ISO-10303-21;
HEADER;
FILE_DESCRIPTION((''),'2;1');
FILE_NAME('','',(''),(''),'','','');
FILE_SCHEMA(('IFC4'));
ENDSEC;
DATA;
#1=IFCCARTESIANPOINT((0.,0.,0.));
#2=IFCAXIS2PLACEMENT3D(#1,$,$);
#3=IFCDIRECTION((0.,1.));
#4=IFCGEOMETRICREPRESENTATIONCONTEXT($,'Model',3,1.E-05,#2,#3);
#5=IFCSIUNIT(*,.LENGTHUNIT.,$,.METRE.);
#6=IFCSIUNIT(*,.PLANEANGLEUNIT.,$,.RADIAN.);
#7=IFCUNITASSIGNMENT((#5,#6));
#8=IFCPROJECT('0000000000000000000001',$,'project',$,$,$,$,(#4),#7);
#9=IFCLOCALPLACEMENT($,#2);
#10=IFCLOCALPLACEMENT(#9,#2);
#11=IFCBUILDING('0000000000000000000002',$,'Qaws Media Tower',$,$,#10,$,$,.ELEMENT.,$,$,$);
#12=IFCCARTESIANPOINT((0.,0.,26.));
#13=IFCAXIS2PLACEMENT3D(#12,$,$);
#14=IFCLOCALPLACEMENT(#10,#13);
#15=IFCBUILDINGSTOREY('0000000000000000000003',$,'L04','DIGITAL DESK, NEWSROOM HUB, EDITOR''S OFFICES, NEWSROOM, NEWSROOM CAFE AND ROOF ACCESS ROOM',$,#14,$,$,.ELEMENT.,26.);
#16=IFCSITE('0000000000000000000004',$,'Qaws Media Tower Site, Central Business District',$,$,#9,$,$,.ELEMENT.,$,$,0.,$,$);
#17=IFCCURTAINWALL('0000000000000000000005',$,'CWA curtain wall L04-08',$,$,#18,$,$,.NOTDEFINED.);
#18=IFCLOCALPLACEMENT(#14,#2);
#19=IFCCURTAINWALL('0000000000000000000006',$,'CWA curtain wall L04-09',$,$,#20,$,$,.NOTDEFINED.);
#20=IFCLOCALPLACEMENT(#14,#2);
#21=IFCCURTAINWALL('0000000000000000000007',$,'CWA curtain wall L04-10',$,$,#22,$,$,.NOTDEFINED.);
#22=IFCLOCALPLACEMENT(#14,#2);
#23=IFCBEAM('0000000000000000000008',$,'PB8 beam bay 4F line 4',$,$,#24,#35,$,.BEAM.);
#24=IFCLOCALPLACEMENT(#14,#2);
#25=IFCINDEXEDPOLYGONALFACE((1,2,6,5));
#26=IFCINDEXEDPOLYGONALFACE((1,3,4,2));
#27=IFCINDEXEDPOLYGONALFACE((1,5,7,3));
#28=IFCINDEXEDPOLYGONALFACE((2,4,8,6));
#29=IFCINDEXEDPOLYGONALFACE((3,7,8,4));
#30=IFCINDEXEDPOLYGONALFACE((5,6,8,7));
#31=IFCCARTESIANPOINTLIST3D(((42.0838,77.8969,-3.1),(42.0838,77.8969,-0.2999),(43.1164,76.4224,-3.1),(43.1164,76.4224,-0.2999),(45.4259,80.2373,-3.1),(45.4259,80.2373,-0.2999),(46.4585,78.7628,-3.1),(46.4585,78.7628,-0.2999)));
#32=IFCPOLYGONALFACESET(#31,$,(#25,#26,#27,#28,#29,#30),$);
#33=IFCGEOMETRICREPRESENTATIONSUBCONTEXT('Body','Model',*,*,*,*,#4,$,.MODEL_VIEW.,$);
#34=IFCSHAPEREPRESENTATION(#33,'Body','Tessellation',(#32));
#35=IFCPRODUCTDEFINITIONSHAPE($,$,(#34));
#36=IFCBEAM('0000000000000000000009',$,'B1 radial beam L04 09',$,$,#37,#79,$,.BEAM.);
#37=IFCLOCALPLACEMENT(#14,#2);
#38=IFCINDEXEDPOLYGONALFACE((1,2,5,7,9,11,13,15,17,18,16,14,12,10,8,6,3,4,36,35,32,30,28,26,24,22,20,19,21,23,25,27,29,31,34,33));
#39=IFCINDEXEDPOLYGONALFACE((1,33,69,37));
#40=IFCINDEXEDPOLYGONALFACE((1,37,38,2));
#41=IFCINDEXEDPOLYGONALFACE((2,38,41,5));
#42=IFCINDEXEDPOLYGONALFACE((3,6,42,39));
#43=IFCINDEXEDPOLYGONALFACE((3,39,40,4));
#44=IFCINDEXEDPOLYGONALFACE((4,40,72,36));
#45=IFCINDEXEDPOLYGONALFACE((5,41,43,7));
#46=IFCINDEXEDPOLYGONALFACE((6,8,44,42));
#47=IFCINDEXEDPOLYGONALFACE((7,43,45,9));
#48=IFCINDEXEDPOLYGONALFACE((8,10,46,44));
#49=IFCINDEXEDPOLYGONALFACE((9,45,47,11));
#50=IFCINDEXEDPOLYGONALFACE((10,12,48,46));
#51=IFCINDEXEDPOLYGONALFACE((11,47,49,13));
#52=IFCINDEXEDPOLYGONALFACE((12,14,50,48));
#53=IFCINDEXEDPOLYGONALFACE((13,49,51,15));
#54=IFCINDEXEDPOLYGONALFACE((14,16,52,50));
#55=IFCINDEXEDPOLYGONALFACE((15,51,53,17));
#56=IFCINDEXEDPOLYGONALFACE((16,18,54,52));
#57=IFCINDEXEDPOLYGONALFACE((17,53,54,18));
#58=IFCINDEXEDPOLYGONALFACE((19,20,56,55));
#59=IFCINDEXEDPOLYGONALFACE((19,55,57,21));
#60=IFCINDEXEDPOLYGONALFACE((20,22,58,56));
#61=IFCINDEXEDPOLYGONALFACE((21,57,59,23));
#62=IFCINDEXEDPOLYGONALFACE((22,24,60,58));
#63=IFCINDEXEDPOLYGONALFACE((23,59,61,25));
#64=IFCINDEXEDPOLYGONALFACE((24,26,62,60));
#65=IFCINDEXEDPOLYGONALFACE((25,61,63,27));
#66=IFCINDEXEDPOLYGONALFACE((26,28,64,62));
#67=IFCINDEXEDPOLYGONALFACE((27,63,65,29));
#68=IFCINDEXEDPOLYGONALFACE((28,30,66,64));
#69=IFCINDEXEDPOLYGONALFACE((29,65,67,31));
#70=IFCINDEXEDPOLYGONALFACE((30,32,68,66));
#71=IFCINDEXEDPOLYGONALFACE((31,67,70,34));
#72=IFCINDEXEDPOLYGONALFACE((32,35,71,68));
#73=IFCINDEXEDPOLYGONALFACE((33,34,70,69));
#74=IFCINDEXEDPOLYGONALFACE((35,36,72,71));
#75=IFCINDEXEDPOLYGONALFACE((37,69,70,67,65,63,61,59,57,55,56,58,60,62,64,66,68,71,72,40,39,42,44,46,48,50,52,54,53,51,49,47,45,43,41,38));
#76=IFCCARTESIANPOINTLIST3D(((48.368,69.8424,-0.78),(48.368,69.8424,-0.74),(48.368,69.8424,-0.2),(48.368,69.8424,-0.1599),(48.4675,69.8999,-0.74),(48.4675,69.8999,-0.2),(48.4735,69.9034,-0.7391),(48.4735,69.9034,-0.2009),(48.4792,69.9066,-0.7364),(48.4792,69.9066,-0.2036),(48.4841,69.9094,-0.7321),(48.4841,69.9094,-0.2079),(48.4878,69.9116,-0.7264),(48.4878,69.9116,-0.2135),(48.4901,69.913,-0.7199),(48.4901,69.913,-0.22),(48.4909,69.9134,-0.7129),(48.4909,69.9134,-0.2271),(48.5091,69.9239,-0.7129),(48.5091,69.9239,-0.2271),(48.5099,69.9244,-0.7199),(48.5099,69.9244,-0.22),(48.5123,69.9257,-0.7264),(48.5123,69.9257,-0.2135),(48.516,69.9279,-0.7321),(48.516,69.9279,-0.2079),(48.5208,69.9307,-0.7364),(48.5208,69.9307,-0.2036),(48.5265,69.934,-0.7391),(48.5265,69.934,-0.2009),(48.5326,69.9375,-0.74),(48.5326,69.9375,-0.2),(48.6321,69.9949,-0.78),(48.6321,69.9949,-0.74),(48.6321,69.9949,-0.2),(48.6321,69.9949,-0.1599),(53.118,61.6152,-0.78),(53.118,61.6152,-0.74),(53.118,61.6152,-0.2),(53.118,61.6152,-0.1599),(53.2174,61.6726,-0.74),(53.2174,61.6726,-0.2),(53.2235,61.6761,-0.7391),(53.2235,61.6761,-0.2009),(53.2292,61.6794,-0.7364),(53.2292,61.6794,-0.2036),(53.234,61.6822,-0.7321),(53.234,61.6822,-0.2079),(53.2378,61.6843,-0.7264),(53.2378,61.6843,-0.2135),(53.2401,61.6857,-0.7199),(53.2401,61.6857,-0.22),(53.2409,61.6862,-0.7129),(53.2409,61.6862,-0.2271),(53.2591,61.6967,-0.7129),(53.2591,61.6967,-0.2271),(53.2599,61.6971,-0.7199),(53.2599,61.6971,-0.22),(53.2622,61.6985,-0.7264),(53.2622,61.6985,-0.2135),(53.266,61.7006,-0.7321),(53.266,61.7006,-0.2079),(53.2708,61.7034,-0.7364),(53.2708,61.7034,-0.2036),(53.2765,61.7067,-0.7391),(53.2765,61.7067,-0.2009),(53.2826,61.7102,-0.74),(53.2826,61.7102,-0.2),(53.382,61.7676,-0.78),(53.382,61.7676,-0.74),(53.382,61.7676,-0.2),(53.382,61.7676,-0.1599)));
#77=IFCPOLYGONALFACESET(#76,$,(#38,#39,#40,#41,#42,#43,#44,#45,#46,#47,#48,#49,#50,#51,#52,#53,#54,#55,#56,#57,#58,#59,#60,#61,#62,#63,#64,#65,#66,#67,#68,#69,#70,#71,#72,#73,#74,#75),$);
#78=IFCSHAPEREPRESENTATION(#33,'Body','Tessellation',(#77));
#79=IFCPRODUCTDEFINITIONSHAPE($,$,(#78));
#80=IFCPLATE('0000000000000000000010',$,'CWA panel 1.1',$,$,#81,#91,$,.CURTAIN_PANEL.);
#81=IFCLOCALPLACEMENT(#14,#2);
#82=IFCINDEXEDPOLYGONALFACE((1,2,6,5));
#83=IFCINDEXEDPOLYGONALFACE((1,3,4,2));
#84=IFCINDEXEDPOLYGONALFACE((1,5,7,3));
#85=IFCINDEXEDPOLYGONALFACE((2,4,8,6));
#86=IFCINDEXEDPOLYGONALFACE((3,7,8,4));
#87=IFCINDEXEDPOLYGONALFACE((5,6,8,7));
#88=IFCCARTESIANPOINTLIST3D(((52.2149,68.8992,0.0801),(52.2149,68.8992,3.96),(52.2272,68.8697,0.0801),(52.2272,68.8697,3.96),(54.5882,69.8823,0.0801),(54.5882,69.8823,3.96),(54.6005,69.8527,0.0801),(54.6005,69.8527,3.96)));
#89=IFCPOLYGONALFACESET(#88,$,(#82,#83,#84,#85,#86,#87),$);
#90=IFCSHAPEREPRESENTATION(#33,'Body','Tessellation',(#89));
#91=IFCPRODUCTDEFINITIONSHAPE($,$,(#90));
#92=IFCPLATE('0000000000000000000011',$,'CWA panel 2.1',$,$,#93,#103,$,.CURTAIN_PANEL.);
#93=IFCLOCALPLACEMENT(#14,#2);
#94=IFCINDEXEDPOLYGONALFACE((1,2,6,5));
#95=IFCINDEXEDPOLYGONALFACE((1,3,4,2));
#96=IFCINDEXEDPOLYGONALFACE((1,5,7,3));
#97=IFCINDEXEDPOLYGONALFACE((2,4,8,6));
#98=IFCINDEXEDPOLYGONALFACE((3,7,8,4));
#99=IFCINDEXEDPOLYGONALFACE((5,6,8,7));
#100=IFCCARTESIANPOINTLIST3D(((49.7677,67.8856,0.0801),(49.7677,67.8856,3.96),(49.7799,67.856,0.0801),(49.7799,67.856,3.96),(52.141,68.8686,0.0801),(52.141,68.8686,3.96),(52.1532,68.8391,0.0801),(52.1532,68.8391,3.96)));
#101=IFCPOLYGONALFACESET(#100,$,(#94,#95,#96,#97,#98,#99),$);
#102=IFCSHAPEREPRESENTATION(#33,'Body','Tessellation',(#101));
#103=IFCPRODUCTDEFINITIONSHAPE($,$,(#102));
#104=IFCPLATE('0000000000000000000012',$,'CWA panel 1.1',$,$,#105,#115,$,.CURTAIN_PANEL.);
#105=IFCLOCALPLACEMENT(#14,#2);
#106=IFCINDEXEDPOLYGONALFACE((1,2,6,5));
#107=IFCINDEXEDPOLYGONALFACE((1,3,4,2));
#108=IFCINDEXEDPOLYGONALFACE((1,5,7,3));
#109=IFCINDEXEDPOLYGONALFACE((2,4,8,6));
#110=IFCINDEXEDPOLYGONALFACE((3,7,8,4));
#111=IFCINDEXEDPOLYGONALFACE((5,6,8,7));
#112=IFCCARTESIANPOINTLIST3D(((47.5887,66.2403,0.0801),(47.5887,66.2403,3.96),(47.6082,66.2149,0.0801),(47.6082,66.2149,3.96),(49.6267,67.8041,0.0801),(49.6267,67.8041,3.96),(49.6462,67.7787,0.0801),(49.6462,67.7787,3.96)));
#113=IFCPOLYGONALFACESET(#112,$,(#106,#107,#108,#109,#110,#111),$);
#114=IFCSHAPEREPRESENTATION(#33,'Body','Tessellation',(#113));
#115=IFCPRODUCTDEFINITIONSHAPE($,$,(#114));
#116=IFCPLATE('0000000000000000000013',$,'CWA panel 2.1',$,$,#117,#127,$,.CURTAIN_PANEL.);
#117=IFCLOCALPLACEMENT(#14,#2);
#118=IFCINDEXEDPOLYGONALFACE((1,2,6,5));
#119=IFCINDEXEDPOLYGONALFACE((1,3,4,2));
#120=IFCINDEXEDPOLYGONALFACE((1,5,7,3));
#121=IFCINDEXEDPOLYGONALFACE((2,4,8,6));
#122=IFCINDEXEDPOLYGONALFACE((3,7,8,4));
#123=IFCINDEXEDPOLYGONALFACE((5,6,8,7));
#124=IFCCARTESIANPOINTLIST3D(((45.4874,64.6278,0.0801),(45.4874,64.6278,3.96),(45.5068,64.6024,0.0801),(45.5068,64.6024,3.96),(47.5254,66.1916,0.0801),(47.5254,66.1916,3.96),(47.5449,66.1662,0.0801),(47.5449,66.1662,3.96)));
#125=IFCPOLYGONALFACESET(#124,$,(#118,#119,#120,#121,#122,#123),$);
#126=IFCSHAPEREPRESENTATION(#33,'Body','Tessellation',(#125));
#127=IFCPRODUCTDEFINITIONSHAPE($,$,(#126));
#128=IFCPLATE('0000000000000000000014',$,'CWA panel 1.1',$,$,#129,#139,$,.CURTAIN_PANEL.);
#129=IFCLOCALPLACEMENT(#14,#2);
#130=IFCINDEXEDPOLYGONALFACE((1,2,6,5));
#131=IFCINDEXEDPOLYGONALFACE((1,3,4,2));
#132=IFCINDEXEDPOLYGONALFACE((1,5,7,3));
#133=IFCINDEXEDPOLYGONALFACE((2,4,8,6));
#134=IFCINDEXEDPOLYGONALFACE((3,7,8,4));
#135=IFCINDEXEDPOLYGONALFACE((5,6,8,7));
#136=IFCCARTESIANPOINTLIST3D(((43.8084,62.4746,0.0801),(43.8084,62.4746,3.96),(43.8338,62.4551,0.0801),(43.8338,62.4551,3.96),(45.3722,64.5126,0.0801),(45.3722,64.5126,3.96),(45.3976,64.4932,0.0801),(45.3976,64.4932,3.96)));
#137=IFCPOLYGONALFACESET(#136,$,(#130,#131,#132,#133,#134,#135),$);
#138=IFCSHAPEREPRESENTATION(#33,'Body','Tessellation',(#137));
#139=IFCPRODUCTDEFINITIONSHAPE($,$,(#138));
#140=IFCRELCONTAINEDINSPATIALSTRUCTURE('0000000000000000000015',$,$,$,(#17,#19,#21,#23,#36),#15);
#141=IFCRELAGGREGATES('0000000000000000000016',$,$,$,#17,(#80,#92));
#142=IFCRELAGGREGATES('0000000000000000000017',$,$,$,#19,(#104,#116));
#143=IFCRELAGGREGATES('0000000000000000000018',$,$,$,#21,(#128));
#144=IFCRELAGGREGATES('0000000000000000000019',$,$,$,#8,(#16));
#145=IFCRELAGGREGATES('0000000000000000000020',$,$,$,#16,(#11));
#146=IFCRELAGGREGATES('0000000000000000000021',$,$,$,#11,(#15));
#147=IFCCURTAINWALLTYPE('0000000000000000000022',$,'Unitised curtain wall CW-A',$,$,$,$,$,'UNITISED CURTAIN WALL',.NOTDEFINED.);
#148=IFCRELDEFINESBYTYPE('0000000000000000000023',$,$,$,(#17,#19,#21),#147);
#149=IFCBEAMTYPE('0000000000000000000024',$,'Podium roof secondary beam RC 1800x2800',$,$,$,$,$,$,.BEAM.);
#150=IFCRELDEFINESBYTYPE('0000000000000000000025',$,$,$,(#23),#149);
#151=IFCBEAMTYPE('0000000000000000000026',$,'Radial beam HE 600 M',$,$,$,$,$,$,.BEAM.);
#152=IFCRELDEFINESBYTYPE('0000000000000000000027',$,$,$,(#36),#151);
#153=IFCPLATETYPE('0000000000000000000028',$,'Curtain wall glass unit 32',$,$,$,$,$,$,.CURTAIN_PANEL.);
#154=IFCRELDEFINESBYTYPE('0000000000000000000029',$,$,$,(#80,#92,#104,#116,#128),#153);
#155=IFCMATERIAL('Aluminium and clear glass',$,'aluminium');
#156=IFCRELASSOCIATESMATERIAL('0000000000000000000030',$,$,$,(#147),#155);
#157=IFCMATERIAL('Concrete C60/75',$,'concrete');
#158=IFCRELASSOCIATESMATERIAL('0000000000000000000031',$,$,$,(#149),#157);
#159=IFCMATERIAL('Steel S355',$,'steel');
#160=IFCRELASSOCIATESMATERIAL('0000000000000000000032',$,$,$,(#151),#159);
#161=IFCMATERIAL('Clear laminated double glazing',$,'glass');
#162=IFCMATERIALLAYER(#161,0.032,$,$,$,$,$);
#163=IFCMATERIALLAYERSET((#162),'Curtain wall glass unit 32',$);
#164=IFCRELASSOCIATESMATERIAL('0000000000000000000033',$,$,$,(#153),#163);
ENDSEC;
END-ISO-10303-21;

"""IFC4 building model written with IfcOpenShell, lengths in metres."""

from ifc_helpers import new_model, si_unit, direction, frame, origin, origin_2d, place, context, subcontext, project, spatial, rectangle, i_section, extrude, material, layer, layer_set, material_profile, profile_set, type_object, element, aggregate, save


model = new_model("IFC4")

# Units and contexts
model_context = context("Model", 3, precision=1e-05, world=origin(), true_north=direction((0.0, 1.0)))
body_context = subcontext(model_context, "Body", "Model", "MODEL_VIEW")
ifc_project = project(units=[si_unit("LENGTHUNIT", "METRE"), si_unit("PLANEANGLEUNIT", "RADIAN")], contexts=[model_context])

# Site, building, storey
site_placement = place(None, origin())
site = spatial("IfcSite", under=ifc_project, at=site_placement, Name="Qaws Media Tower Site, Central Business District", CompositionType="ELEMENT", RefElevation=0.0)
building_placement = place(site_placement, origin())
building = spatial("IfcBuilding", under=site, at=building_placement, Name="Qaws Media Tower", CompositionType="ELEMENT")
storey_placement = place(building_placement, frame((0.0, 0.0, 26.0)))
storey = spatial("IfcBuildingStorey", under=building, at=storey_placement, Name="L04", Description="DIGITAL DESK, NEWSROOM HUB, EDITOR'S OFFICES, NEWSROOM, NEWSROOM CAFE AND ROOF ACCESS ROOM", CompositionType="ELEMENT", Elevation=26.0)

# Curtain walls
ifc_material_1 = material(Name="Aluminium and clear glass", Category="aluminium")
curtain_wall_type = type_object("IfcCurtainWallType", Name="Unitised curtain wall CW-A", ElementType="UNITISED CURTAIN WALL", PredefinedType="NOTDEFINED", material=ifc_material_1)
curtain_wall_1_placement = place(storey_placement, origin())
curtain_wall_1 = element("IfcCurtainWall", 1, at=curtain_wall_1_placement, inside=storey, type_object=curtain_wall_type, Name="CWA curtain wall L04-08", PredefinedType="NOTDEFINED")
curtain_wall_2_placement = place(storey_placement, origin())
curtain_wall_2 = element("IfcCurtainWall", 2, at=curtain_wall_2_placement, inside=storey, type_object=curtain_wall_type, Name="CWA curtain wall L04-09", PredefinedType="NOTDEFINED")
curtain_wall_3_placement = place(storey_placement, origin())
curtain_wall_3 = element("IfcCurtainWall", 3, at=curtain_wall_3_placement, inside=storey, type_object=curtain_wall_type, Name="CWA curtain wall L04-10", PredefinedType="NOTDEFINED")

# Beams
ifc_material_2 = material(Name="Concrete C60/75", Category="concrete")
ifc_material_profile_1 = material_profile(ifc_material_2, rectangle(XDim=1.8, YDim=2.8, at=origin_2d()), Name="RC 1800x2800")
ifc_profile_set_1 = profile_set([ifc_material_profile_1], Name="Concrete C60/75")
beam_type_1 = type_object("IfcBeamType", Name="Podium roof secondary beam RC 1800x2800", PredefinedType="BEAM", material=ifc_profile_set_1)
beam_1_placement = place(storey_placement, frame((42.6001, 77.1597, -1.7), z_axis=(0.819128, 0.573611, 0.0), x_axis=(-0.573611, 0.819128, 0.0)))
element("IfcBeam", 4, at=beam_1_placement, inside=storey, type_object=beam_type_1, Name="PB8 beam bay 4F line 4", PredefinedType="BEAM", context=body_context, shape_type="SweptSolid", body=[
    extrude(rectangle(XDim=1.8, YDim=2.8, at=origin_2d()), origin(), (0.0, 0.0, 1.0), 4.0801),
])
ifc_material_3 = material(Name="Steel S355", Category="steel")
ifc_material_profile_2 = material_profile(ifc_material_3, i_section(OverallWidth=0.3049, OverallDepth=0.6201, WebThickness=0.021, FlangeThickness=0.04, FilletRadius=0.0271, at=origin_2d()), Name="HE 600 M")
ifc_profile_set_2 = profile_set([ifc_material_profile_2], Name="Steel S355")
beam_type_2 = type_object("IfcBeamType", Name="Radial beam HE 600 M", PredefinedType="BEAM", material=ifc_profile_set_2)
beam_2_placement = place(storey_placement, frame((53.25, 61.6914, -0.47), z_axis=(-0.499998, 0.866027, 0.0), x_axis=(-0.866027, -0.499998, 0.0)))
element("IfcBeam", 5, at=beam_2_placement, inside=storey, type_object=beam_type_2, Name="B1 radial beam L04 09", PredefinedType="BEAM", context=body_context, shape_type="SweptSolid", body=[
    extrude(i_section(OverallWidth=0.3049, OverallDepth=0.6201, WebThickness=0.021, FlangeThickness=0.04, FilletRadius=0.0271, at=origin_2d()), origin(), (0.0, 0.0, 1.0), 9.5),
])

# Plates
ifc_material_4 = material(Name="Clear laminated double glazing", Category="glass")
ifc_layer = layer(ifc_material_4, 0.032)
ifc_layer_set = layer_set([ifc_layer], Name="Curtain wall glass unit 32")
plate_type = type_object("IfcPlateType", Name="Curtain wall glass unit 32", PredefinedType="CURTAIN_PANEL", material=ifc_layer_set)
plate_1_placement = place(storey_placement, frame((53.4077, 69.376, 0.0801), z_axis=(0.0, 0.0, 1.0), x_axis=(-0.92388, -0.382683, 0.0)))
plate_1 = element("IfcPlate", 6, at=plate_1_placement, type_object=plate_type, Name="CWA panel 1.1", PredefinedType="CURTAIN_PANEL", context=body_context, shape_type="SweptSolid", body=[
    extrude(rectangle(XDim=2.5688, YDim=0.032, at=origin_2d()), origin(), (0.0, 0.0, 1.0), 3.8799),
])
plate_2_placement = place(storey_placement, frame((50.9604, 68.3623, 0.0801), z_axis=(0.0, 0.0, 1.0), x_axis=(-0.92388, -0.382683, 0.0)))
plate_2 = element("IfcPlate", 7, at=plate_2_placement, type_object=plate_type, Name="CWA panel 2.1", PredefinedType="CURTAIN_PANEL", context=body_context, shape_type="SweptSolid", body=[
    extrude(rectangle(XDim=2.5688, YDim=0.032, at=origin_2d()), origin(), (0.0, 0.0, 1.0), 3.8799),
])
aggregate(curtain_wall_1, [plate_1, plate_2])
plate_3_placement = place(storey_placement, frame((48.6174, 67.0095, 0.0801), z_axis=(0.0, 0.0, 1.0), x_axis=(-0.793353, -0.608761, 0.0)))
plate_3 = element("IfcPlate", 8, at=plate_3_placement, type_object=plate_type, Name="CWA panel 1.1", PredefinedType="CURTAIN_PANEL", context=body_context, shape_type="SweptSolid", body=[
    extrude(rectangle(XDim=2.5688, YDim=0.032, at=origin_2d()), origin(), (0.0, 0.0, 1.0), 3.8799),
])
plate_4_placement = place(storey_placement, frame((46.5161, 65.397, 0.0801), z_axis=(0.0, 0.0, 1.0), x_axis=(-0.793353, -0.608761, 0.0)))
plate_4 = element("IfcPlate", 9, at=plate_4_placement, type_object=plate_type, Name="CWA panel 2.1", PredefinedType="CURTAIN_PANEL", context=body_context, shape_type="SweptSolid", body=[
    extrude(rectangle(XDim=2.5688, YDim=0.032, at=origin_2d()), origin(), (0.0, 0.0, 1.0), 3.8799),
])
aggregate(curtain_wall_2, [plate_3, plate_4])
plate_5_placement = place(storey_placement, frame((44.603, 63.4839, 0.0801), z_axis=(0.0, 0.0, 1.0), x_axis=(-0.608761, -0.793353, 0.0)))
plate_5 = element("IfcPlate", 10, at=plate_5_placement, type_object=plate_type, Name="CWA panel 1.1", PredefinedType="CURTAIN_PANEL", context=body_context, shape_type="SweptSolid", body=[
    extrude(rectangle(XDim=2.5688, YDim=0.032, at=origin_2d()), origin(), (0.0, 0.0, 1.0), 3.8799),
])
aggregate(curtain_wall_3, [plate_5])

save(model, "model.ifc")
